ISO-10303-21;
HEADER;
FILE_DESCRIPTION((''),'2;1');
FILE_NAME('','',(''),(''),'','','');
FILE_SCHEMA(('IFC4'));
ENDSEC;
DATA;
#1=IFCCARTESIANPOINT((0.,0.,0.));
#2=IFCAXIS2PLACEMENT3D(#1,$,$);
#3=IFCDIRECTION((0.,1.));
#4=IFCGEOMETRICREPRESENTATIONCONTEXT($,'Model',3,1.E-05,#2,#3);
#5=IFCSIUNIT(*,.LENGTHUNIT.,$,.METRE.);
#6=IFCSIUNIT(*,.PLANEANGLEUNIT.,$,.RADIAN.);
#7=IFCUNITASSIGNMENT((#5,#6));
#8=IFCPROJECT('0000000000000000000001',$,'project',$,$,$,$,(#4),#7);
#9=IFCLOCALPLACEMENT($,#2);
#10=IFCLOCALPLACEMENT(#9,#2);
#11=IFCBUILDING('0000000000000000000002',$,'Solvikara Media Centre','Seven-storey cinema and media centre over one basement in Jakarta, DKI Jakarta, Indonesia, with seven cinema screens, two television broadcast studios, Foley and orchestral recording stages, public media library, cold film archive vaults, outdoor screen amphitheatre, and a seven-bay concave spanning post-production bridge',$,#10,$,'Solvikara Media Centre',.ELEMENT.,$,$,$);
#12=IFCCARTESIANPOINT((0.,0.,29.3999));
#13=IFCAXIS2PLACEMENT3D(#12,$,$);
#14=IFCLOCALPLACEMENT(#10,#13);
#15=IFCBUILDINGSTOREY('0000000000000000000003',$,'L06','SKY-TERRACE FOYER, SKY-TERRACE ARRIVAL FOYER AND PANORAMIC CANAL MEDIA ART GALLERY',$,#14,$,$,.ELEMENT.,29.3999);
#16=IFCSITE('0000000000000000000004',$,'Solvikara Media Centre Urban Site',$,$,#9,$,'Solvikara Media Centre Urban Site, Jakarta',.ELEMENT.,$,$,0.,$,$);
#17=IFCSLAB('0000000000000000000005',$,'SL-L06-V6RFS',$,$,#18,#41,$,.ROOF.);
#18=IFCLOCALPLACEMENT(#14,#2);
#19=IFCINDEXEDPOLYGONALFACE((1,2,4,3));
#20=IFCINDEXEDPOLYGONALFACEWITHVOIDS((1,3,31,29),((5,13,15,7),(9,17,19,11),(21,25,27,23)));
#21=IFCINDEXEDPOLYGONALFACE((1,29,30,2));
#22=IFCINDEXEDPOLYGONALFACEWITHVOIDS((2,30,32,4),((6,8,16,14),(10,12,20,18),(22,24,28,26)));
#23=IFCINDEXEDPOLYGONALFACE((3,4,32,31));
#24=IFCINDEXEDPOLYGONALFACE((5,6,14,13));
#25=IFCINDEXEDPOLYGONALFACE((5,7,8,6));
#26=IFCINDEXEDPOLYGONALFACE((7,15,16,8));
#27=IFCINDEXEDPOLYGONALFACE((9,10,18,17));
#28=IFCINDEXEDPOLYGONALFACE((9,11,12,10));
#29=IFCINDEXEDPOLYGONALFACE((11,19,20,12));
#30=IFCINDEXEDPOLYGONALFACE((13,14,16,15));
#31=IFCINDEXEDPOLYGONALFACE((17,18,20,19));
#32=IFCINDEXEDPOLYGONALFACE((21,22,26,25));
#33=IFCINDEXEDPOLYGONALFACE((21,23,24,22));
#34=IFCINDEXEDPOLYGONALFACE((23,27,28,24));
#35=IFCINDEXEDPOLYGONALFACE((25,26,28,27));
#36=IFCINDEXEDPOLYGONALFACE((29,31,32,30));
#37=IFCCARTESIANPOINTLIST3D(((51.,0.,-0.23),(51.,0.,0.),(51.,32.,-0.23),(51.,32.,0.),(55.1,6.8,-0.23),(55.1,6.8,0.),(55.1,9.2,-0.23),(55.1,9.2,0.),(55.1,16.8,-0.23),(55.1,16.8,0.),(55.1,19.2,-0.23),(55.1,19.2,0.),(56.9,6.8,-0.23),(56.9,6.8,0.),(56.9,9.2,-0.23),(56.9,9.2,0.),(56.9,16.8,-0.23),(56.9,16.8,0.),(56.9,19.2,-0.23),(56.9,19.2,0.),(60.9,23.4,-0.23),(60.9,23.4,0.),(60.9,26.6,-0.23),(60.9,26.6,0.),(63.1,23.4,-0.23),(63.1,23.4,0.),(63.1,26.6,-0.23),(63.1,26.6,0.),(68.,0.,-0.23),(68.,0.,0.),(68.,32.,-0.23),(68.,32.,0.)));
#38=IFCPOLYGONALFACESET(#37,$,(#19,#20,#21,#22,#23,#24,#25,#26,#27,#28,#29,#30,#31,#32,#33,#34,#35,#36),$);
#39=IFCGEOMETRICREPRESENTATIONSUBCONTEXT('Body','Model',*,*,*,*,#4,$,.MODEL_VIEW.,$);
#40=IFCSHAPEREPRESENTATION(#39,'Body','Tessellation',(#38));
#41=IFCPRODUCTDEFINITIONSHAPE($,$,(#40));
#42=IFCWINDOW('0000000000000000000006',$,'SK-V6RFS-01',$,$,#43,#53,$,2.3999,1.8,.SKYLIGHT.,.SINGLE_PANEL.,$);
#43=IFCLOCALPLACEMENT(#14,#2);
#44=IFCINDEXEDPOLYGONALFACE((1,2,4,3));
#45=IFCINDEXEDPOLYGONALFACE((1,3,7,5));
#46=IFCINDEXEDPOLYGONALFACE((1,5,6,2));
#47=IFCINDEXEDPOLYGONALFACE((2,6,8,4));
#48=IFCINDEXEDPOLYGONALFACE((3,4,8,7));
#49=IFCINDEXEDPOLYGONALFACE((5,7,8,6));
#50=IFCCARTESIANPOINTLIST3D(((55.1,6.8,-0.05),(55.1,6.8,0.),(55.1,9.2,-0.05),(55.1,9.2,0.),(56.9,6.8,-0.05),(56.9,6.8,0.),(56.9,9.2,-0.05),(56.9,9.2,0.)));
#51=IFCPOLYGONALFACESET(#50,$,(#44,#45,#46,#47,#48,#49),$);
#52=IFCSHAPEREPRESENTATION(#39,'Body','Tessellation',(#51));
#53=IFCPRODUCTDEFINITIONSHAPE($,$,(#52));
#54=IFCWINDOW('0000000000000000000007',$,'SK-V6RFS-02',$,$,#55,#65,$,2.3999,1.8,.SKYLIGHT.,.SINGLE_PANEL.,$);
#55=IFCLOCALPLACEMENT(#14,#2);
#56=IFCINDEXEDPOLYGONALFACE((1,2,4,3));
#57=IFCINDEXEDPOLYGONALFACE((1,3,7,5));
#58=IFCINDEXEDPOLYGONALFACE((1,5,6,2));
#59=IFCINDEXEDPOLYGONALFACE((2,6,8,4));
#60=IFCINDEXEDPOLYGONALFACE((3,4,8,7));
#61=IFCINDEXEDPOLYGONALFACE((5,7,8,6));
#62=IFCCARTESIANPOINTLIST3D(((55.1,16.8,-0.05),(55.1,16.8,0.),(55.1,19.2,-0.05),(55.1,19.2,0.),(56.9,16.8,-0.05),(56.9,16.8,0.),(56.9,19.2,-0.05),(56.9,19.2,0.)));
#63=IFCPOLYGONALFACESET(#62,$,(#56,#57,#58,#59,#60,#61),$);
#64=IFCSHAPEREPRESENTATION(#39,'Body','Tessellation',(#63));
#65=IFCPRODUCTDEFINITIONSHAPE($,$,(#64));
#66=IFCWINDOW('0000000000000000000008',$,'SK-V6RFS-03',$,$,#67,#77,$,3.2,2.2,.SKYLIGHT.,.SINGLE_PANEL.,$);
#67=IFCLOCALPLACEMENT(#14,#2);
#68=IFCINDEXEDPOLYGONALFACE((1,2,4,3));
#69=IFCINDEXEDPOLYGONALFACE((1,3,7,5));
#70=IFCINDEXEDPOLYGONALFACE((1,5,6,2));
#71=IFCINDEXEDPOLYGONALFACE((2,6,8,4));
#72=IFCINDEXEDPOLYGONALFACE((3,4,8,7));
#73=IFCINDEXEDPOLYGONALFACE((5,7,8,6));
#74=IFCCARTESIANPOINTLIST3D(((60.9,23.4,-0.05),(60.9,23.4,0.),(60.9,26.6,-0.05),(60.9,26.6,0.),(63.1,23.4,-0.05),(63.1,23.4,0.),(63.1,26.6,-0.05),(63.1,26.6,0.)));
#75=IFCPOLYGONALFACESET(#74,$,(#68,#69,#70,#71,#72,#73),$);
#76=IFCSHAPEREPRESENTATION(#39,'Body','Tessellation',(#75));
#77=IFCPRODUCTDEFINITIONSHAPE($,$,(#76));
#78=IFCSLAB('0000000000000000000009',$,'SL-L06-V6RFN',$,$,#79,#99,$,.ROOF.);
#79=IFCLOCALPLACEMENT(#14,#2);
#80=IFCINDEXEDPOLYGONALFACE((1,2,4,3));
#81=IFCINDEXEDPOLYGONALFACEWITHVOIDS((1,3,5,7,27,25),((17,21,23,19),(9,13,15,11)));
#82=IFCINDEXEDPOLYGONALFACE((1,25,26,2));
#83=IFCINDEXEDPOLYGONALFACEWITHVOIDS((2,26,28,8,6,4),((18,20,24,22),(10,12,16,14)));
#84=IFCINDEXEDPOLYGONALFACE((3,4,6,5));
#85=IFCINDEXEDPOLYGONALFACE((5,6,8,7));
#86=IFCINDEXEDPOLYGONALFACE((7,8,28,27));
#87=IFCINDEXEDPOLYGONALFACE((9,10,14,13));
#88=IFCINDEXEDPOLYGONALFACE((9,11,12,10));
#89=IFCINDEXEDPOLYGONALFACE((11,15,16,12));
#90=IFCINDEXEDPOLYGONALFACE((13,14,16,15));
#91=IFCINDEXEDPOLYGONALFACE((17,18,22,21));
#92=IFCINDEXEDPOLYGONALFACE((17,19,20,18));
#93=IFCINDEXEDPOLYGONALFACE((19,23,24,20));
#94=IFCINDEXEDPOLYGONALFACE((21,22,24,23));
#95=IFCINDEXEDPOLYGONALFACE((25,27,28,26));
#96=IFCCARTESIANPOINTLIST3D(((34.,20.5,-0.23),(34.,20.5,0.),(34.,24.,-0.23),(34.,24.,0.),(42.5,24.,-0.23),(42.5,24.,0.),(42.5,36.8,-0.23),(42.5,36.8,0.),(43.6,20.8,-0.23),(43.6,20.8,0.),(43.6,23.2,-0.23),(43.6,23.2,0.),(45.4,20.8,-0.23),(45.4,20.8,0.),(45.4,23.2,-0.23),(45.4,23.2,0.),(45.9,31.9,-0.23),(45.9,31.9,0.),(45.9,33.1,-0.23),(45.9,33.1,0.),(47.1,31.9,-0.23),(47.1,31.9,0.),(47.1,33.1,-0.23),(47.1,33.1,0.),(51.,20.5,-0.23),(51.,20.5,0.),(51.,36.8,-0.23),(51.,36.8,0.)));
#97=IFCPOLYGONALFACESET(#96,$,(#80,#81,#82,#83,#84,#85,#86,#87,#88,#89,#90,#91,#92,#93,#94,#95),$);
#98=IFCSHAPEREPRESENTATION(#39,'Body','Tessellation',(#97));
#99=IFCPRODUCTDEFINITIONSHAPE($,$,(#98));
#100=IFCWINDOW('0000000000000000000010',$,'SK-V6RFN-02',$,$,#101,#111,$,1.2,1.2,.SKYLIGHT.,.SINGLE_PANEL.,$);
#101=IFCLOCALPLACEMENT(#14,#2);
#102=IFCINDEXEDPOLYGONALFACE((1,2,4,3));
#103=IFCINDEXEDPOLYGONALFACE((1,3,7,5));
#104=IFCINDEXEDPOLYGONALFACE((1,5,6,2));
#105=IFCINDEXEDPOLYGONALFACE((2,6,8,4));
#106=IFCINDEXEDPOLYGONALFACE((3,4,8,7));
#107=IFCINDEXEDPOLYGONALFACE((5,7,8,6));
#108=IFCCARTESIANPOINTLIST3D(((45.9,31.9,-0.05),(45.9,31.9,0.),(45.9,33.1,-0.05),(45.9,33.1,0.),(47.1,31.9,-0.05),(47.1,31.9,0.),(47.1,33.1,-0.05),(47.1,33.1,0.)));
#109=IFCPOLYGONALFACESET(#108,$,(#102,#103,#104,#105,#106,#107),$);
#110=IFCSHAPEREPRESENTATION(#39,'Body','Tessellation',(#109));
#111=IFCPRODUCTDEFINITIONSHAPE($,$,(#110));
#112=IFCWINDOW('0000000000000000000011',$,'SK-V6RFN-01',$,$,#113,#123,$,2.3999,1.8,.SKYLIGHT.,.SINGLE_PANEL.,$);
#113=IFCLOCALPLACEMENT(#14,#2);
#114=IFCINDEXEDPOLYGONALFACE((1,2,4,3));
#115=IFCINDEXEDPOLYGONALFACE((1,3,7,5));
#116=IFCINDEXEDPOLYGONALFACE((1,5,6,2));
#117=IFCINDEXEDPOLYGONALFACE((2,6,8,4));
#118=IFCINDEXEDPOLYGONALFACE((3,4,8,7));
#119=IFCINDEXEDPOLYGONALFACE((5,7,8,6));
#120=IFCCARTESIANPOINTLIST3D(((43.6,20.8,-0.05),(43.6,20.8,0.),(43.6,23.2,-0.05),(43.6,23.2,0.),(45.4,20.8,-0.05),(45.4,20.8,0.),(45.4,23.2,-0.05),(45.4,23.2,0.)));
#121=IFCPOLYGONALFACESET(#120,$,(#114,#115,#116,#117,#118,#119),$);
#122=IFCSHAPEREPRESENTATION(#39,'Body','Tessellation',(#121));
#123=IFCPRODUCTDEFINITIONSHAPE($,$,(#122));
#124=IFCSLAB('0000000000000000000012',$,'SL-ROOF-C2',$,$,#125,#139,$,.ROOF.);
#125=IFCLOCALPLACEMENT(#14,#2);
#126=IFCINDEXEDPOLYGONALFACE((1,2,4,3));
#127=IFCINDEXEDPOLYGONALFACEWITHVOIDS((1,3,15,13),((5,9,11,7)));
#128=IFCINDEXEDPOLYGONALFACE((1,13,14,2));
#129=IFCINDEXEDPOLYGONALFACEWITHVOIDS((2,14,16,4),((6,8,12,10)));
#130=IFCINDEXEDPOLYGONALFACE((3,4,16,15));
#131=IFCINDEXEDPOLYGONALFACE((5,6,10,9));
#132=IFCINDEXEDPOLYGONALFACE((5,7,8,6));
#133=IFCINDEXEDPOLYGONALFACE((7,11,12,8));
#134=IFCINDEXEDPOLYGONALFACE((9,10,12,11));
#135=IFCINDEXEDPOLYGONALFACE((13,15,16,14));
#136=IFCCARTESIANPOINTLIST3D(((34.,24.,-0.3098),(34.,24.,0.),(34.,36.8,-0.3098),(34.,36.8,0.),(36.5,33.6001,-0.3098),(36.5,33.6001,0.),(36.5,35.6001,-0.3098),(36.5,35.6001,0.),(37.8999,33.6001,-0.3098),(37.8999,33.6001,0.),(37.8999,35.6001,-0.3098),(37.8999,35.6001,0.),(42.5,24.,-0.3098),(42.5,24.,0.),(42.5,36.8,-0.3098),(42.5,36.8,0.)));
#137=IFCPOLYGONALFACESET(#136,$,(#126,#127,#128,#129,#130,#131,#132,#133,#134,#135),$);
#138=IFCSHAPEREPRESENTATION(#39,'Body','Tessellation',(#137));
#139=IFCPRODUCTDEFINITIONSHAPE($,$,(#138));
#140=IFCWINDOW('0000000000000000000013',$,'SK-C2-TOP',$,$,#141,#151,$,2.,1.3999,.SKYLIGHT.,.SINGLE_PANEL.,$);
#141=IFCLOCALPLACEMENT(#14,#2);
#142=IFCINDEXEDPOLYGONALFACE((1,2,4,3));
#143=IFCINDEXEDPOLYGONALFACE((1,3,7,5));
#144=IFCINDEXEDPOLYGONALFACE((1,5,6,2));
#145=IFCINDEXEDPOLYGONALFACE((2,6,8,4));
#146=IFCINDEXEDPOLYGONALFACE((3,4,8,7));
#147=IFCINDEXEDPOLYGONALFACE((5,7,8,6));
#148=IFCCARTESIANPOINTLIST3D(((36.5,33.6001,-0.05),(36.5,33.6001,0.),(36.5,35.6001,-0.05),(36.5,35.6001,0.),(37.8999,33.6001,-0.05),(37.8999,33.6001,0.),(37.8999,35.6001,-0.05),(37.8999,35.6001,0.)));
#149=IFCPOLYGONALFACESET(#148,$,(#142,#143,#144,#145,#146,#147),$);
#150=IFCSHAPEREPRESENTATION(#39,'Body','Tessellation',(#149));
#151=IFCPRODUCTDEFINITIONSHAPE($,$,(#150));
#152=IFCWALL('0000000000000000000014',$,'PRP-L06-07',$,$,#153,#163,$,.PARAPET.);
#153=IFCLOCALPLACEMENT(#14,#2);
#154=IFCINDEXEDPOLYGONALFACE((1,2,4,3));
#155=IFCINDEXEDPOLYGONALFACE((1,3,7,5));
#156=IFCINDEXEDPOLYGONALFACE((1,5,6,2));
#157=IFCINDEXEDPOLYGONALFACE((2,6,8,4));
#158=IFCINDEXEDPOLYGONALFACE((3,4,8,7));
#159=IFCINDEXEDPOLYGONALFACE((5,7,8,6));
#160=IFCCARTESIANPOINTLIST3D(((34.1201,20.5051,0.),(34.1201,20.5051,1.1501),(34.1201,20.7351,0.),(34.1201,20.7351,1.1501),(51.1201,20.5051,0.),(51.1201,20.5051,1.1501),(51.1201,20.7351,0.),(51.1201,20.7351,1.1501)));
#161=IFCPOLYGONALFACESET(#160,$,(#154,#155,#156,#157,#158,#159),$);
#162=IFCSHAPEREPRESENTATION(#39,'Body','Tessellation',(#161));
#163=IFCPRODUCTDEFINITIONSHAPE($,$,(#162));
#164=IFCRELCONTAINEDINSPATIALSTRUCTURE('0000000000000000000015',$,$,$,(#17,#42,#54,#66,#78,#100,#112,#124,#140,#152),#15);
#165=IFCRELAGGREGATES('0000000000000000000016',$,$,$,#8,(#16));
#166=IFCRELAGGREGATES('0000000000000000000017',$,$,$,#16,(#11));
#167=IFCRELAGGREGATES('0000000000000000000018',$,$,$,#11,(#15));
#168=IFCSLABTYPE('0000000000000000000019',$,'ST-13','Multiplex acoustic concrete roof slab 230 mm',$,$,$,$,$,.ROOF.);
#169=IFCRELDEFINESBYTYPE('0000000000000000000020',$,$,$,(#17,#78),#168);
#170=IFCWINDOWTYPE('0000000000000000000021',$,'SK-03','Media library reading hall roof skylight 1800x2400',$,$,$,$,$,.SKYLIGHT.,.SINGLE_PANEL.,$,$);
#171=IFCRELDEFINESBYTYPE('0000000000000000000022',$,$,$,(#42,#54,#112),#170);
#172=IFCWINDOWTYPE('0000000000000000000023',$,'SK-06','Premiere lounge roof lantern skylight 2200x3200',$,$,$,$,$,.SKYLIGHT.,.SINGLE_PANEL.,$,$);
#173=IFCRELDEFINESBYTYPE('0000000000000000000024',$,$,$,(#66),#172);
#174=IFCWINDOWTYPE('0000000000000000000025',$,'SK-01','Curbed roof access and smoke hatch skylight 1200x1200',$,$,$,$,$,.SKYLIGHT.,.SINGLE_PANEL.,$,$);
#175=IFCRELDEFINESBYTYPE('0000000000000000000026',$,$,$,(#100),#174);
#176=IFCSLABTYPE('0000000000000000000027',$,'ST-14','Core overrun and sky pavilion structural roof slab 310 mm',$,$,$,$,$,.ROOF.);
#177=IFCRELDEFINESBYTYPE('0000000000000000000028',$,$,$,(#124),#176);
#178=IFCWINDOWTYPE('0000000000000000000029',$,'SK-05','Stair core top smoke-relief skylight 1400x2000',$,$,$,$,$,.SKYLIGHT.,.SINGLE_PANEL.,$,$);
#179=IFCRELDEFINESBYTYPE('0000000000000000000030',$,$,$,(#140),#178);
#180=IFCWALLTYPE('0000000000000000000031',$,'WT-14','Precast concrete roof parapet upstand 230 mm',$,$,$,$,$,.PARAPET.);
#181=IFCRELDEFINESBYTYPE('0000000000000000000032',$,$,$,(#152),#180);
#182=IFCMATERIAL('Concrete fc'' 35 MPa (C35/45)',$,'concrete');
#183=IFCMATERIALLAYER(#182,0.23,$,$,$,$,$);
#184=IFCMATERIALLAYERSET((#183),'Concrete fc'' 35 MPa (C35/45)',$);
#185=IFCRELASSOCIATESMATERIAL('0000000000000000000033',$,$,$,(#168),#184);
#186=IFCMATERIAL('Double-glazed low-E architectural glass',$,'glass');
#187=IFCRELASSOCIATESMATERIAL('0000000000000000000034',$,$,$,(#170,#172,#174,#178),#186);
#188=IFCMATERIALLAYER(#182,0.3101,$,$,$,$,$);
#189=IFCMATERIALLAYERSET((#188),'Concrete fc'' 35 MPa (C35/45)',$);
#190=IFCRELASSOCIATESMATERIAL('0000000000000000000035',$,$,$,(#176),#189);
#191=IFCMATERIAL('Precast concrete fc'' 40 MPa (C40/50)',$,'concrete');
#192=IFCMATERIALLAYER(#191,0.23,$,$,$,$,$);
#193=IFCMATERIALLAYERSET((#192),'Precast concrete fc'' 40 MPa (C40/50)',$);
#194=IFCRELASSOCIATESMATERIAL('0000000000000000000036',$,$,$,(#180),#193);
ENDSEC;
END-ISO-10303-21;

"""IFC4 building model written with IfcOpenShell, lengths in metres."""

from ifc_helpers import new_model, si_unit, direction, frame, frame_2d, origin, origin_2d, place, context, subcontext, project, spatial, polyline, rectangle, outline, extrude, material, layer, layer_set, type_object, element, fill, save


model = new_model("IFC4")

# Units and contexts
model_context = context("Model", 3, precision=1e-05, world=origin(), true_north=direction((0.0, 1.0)))
body_context = subcontext(model_context, "Body", "Model", "MODEL_VIEW")
ifc_project = project(units=[si_unit("LENGTHUNIT", "METRE"), si_unit("PLANEANGLEUNIT", "RADIAN")], contexts=[model_context])

# Site, building, storey
site_placement = place(None, origin())
site = spatial("IfcSite", under=ifc_project, at=site_placement, Name="Solvikara Media Centre Urban Site", LongName="Solvikara Media Centre Urban Site, Jakarta", CompositionType="ELEMENT", RefElevation=0.0)
building_placement = place(site_placement, origin())
building = spatial("IfcBuilding", under=site, at=building_placement, Name="Solvikara Media Centre", Description="Seven-storey cinema and media centre over one basement in Jakarta, DKI Jakarta, Indonesia, with seven cinema screens, two television broadcast studios, Foley and orchestral recording stages, public media library, cold film archive vaults, outdoor screen amphitheatre, and a seven-bay concave spanning post-production bridge", LongName="Solvikara Media Centre", CompositionType="ELEMENT")
storey_placement = place(building_placement, frame((0.0, 0.0, 29.3999)))
storey = spatial("IfcBuildingStorey", under=building, at=storey_placement, Name="L06", Description="SKY-TERRACE FOYER, SKY-TERRACE ARRIVAL FOYER AND PANORAMIC CANAL MEDIA ART GALLERY", CompositionType="ELEMENT", Elevation=29.3999)

# Shared definitions
ifc_material_1 = material(Name="Concrete fc' 35 MPa (C35/45)", Category="concrete")

# Slabs, openings, windows
ifc_layer_1 = layer(ifc_material_1, 0.23)
ifc_layer_set_1 = layer_set([ifc_layer_1], Name="Concrete fc' 35 MPa (C35/45)")
slab_type_1 = type_object("IfcSlabType", Name="ST-13", Description="Multiplex acoustic concrete roof slab 230 mm", PredefinedType="ROOF", material=ifc_layer_set_1)
slab_1_placement = place(storey_placement, frame((0.0, 0.0, -0.23)))
slab_1 = element("IfcSlab", 1, at=slab_1_placement, inside=storey, type_object=slab_type_1, Name="SL-L06-V6RFS", PredefinedType="ROOF", context=body_context, shape_type="SweptSolid", body=[
    extrude(outline(polyline([(51.0, 0.0), (68.0, 0.0), (68.0, 32.0), (51.0, 32.0), (51.0, 0.0)])), origin(), (0.0, 0.0, 1.0), 0.23),
])
opening_1_placement = place(slab_1_placement, frame((56.0, 8.0, -0.012)))
opening_1 = element("IfcOpeningElement", 2, at=opening_1_placement, cuts=slab_1, PredefinedType="OPENING", context=body_context, shape_type="SweptSolid", body=[
    extrude(rectangle(XDim=1.8, YDim=2.3999, at=origin_2d()), origin(), (0.0, 0.0, 1.0), 0.2539),
])
opening_2_placement = place(slab_1_placement, frame((56.0, 18.0, -0.012)))
opening_2 = element("IfcOpeningElement", 3, at=opening_2_placement, cuts=slab_1, PredefinedType="OPENING", context=body_context, shape_type="SweptSolid", body=[
    extrude(rectangle(XDim=1.8, YDim=2.3999, at=origin_2d()), origin(), (0.0, 0.0, 1.0), 0.2539),
])
opening_3_placement = place(slab_1_placement, frame((62.0, 25.0, -0.012)))
opening_3 = element("IfcOpeningElement", 4, at=opening_3_placement, cuts=slab_1, PredefinedType="OPENING", context=body_context, shape_type="SweptSolid", body=[
    extrude(rectangle(XDim=2.2, YDim=3.2, at=origin_2d()), origin(), (0.0, 0.0, 1.0), 0.2539),
])
ifc_material_2 = material(Name="Double-glazed low-E architectural glass", Category="glass")
window_type_1 = type_object("IfcWindowType", Name="SK-03", Description="Media library reading hall roof skylight 1800x2400", PartitioningType="SINGLE_PANEL", PredefinedType="SKYLIGHT", material=ifc_material_2)
window_1_placement = place(opening_1_placement, frame((0.0, 0.0, 0.1919)))
window_1 = element("IfcWindow", 5, at=window_1_placement, inside=storey, type_object=window_type_1, Name="SK-V6RFS-01", OverallHeight=2.3999, OverallWidth=1.8, PartitioningType="SINGLE_PANEL", PredefinedType="SKYLIGHT", context=body_context, shape_type="SweptSolid", body=[
    extrude(rectangle(XDim=1.8, YDim=2.3999, at=origin_2d()), origin(), (0.0, 0.0, 1.0), 0.05),
])
fill(opening_1, window_1)
window_2_placement = place(opening_2_placement, frame((0.0, 0.0, 0.1919)))
window_2 = element("IfcWindow", 6, at=window_2_placement, inside=storey, type_object=window_type_1, Name="SK-V6RFS-02", OverallHeight=2.3999, OverallWidth=1.8, PartitioningType="SINGLE_PANEL", PredefinedType="SKYLIGHT", context=body_context, shape_type="SweptSolid", body=[
    extrude(rectangle(XDim=1.8, YDim=2.3999, at=origin_2d()), origin(), (0.0, 0.0, 1.0), 0.05),
])
fill(opening_2, window_2)
window_type_2 = type_object("IfcWindowType", Name="SK-06", Description="Premiere lounge roof lantern skylight 2200x3200", PartitioningType="SINGLE_PANEL", PredefinedType="SKYLIGHT", material=ifc_material_2)
window_3_placement = place(opening_3_placement, frame((0.0, 0.0, 0.1919)))
window_3 = element("IfcWindow", 7, at=window_3_placement, inside=storey, type_object=window_type_2, Name="SK-V6RFS-03", OverallHeight=3.2, OverallWidth=2.2, PartitioningType="SINGLE_PANEL", PredefinedType="SKYLIGHT", context=body_context, shape_type="SweptSolid", body=[
    extrude(rectangle(XDim=2.2, YDim=3.2, at=origin_2d()), origin(), (0.0, 0.0, 1.0), 0.05),
])
fill(opening_3, window_3)
slab_2_placement = place(storey_placement, frame((0.0, 0.0, -0.23)))
slab_2 = element("IfcSlab", 8, at=slab_2_placement, inside=storey, type_object=slab_type_1, Name="SL-L06-V6RFN", PredefinedType="ROOF", context=body_context, shape_type="SweptSolid", body=[
    extrude(outline(polyline([(34.0, 20.5), (51.0, 20.5), (51.0, 36.8), (42.5, 36.8), (42.5, 24.0), (34.0, 24.0), (34.0, 20.5)])), origin(), (0.0, 0.0, 1.0), 0.23),
])
opening_4_placement = place(slab_2_placement, frame((44.5, 22.0, -0.012)))
opening_4 = element("IfcOpeningElement", 9, at=opening_4_placement, cuts=slab_2, PredefinedType="OPENING", context=body_context, shape_type="SweptSolid", body=[
    extrude(rectangle(XDim=1.8, YDim=2.3999, at=origin_2d()), origin(), (0.0, 0.0, 1.0), 0.2539),
])
opening_5_placement = place(slab_2_placement, frame((46.5, 32.5, -0.012)))
opening_5 = element("IfcOpeningElement", 10, at=opening_5_placement, cuts=slab_2, PredefinedType="OPENING", context=body_context, shape_type="SweptSolid", body=[
    extrude(rectangle(XDim=1.2, YDim=1.2, at=origin_2d()), origin(), (0.0, 0.0, 1.0), 0.2539),
])
window_type_3 = type_object("IfcWindowType", Name="SK-01", Description="Curbed roof access and smoke hatch skylight 1200x1200", PartitioningType="SINGLE_PANEL", PredefinedType="SKYLIGHT", material=ifc_material_2)
window_4_placement = place(opening_5_placement, frame((0.0, 0.0, 0.1919)))
window_4 = element("IfcWindow", 11, at=window_4_placement, inside=storey, type_object=window_type_3, Name="SK-V6RFN-02", OverallHeight=1.2, OverallWidth=1.2, PartitioningType="SINGLE_PANEL", PredefinedType="SKYLIGHT", context=body_context, shape_type="SweptSolid", body=[
    extrude(rectangle(XDim=1.2, YDim=1.2, at=origin_2d()), origin(), (0.0, 0.0, 1.0), 0.05),
])
fill(opening_5, window_4)
window_5_placement = place(opening_4_placement, frame((0.0, 0.0, 0.1919)))
window_5 = element("IfcWindow", 12, at=window_5_placement, inside=storey, type_object=window_type_1, Name="SK-V6RFN-01", OverallHeight=2.3999, OverallWidth=1.8, PartitioningType="SINGLE_PANEL", PredefinedType="SKYLIGHT", context=body_context, shape_type="SweptSolid", body=[
    extrude(rectangle(XDim=1.8, YDim=2.3999, at=origin_2d()), origin(), (0.0, 0.0, 1.0), 0.05),
])
fill(opening_4, window_5)

# Slab, opening, window
ifc_layer_2 = layer(ifc_material_1, 0.3101)
ifc_layer_set_2 = layer_set([ifc_layer_2], Name="Concrete fc' 35 MPa (C35/45)")
slab_type_2 = type_object("IfcSlabType", Name="ST-14", Description="Core overrun and sky pavilion structural roof slab 310 mm", PredefinedType="ROOF", material=ifc_layer_set_2)
slab_3_placement = place(storey_placement, frame((0.0, 0.0, -0.3098)))
slab_3 = element("IfcSlab", 13, at=slab_3_placement, inside=storey, type_object=slab_type_2, Name="SL-ROOF-C2", PredefinedType="ROOF", context=body_context, shape_type="SweptSolid", body=[
    extrude(outline(polyline([(34.0, 24.0), (42.5, 24.0), (42.5, 36.8), (34.0, 36.8), (34.0, 24.0)])), origin(), (0.0, 0.0, 1.0), 0.3098),
])
opening_6_placement = place(slab_3_placement, frame((37.2, 34.6001, -0.012)))
opening_6 = element("IfcOpeningElement", 14, at=opening_6_placement, cuts=slab_3, PredefinedType="OPENING", context=body_context, shape_type="SweptSolid", body=[
    extrude(rectangle(XDim=1.3999, YDim=2.0, at=origin_2d()), origin(), (0.0, 0.0, 1.0), 0.3337),
])
window_type_4 = type_object("IfcWindowType", Name="SK-05", Description="Stair core top smoke-relief skylight 1400x2000", PartitioningType="SINGLE_PANEL", PredefinedType="SKYLIGHT", material=ifc_material_2)
window_6_placement = place(opening_6_placement, frame((0.0, 0.0, 0.2717)))
window_6 = element("IfcWindow", 15, at=window_6_placement, inside=storey, type_object=window_type_4, Name="SK-C2-TOP", OverallHeight=2.0, OverallWidth=1.3999, PartitioningType="SINGLE_PANEL", PredefinedType="SKYLIGHT", context=body_context, shape_type="SweptSolid", body=[
    extrude(rectangle(XDim=1.3999, YDim=2.0, at=origin_2d()), origin(), (0.0, 0.0, 1.0), 0.05),
])
fill(opening_6, window_6)

# Wall
ifc_material_3 = material(Name="Precast concrete fc' 40 MPa (C40/50)", Category="concrete")
ifc_layer_3 = layer(ifc_material_3, 0.23)
ifc_layer_set_3 = layer_set([ifc_layer_3], Name="Precast concrete fc' 40 MPa (C40/50)")
wall_type = type_object("IfcWallType", Name="WT-14", Description="Precast concrete roof parapet upstand 230 mm", PredefinedType="PARAPET", material=ifc_layer_set_3)
wall_1_placement = place(storey_placement, frame((34.1201, 20.6201, 0.0), z_axis=(0.0, 0.0, 1.0), x_axis=(1.0, 0.0, 0.0)))
element("IfcWall", 16, at=wall_1_placement, inside=storey, type_object=wall_type, Name="PRP-L06-07", PredefinedType="PARAPET", context=body_context, shape_type="SweptSolid", body=[
    extrude(rectangle(XDim=17.0, YDim=0.23, at=frame_2d((8.5, 0.0))), origin(), (0.0, 0.0, 1.0), 1.1501),
])

save(model, "model.ifc")
